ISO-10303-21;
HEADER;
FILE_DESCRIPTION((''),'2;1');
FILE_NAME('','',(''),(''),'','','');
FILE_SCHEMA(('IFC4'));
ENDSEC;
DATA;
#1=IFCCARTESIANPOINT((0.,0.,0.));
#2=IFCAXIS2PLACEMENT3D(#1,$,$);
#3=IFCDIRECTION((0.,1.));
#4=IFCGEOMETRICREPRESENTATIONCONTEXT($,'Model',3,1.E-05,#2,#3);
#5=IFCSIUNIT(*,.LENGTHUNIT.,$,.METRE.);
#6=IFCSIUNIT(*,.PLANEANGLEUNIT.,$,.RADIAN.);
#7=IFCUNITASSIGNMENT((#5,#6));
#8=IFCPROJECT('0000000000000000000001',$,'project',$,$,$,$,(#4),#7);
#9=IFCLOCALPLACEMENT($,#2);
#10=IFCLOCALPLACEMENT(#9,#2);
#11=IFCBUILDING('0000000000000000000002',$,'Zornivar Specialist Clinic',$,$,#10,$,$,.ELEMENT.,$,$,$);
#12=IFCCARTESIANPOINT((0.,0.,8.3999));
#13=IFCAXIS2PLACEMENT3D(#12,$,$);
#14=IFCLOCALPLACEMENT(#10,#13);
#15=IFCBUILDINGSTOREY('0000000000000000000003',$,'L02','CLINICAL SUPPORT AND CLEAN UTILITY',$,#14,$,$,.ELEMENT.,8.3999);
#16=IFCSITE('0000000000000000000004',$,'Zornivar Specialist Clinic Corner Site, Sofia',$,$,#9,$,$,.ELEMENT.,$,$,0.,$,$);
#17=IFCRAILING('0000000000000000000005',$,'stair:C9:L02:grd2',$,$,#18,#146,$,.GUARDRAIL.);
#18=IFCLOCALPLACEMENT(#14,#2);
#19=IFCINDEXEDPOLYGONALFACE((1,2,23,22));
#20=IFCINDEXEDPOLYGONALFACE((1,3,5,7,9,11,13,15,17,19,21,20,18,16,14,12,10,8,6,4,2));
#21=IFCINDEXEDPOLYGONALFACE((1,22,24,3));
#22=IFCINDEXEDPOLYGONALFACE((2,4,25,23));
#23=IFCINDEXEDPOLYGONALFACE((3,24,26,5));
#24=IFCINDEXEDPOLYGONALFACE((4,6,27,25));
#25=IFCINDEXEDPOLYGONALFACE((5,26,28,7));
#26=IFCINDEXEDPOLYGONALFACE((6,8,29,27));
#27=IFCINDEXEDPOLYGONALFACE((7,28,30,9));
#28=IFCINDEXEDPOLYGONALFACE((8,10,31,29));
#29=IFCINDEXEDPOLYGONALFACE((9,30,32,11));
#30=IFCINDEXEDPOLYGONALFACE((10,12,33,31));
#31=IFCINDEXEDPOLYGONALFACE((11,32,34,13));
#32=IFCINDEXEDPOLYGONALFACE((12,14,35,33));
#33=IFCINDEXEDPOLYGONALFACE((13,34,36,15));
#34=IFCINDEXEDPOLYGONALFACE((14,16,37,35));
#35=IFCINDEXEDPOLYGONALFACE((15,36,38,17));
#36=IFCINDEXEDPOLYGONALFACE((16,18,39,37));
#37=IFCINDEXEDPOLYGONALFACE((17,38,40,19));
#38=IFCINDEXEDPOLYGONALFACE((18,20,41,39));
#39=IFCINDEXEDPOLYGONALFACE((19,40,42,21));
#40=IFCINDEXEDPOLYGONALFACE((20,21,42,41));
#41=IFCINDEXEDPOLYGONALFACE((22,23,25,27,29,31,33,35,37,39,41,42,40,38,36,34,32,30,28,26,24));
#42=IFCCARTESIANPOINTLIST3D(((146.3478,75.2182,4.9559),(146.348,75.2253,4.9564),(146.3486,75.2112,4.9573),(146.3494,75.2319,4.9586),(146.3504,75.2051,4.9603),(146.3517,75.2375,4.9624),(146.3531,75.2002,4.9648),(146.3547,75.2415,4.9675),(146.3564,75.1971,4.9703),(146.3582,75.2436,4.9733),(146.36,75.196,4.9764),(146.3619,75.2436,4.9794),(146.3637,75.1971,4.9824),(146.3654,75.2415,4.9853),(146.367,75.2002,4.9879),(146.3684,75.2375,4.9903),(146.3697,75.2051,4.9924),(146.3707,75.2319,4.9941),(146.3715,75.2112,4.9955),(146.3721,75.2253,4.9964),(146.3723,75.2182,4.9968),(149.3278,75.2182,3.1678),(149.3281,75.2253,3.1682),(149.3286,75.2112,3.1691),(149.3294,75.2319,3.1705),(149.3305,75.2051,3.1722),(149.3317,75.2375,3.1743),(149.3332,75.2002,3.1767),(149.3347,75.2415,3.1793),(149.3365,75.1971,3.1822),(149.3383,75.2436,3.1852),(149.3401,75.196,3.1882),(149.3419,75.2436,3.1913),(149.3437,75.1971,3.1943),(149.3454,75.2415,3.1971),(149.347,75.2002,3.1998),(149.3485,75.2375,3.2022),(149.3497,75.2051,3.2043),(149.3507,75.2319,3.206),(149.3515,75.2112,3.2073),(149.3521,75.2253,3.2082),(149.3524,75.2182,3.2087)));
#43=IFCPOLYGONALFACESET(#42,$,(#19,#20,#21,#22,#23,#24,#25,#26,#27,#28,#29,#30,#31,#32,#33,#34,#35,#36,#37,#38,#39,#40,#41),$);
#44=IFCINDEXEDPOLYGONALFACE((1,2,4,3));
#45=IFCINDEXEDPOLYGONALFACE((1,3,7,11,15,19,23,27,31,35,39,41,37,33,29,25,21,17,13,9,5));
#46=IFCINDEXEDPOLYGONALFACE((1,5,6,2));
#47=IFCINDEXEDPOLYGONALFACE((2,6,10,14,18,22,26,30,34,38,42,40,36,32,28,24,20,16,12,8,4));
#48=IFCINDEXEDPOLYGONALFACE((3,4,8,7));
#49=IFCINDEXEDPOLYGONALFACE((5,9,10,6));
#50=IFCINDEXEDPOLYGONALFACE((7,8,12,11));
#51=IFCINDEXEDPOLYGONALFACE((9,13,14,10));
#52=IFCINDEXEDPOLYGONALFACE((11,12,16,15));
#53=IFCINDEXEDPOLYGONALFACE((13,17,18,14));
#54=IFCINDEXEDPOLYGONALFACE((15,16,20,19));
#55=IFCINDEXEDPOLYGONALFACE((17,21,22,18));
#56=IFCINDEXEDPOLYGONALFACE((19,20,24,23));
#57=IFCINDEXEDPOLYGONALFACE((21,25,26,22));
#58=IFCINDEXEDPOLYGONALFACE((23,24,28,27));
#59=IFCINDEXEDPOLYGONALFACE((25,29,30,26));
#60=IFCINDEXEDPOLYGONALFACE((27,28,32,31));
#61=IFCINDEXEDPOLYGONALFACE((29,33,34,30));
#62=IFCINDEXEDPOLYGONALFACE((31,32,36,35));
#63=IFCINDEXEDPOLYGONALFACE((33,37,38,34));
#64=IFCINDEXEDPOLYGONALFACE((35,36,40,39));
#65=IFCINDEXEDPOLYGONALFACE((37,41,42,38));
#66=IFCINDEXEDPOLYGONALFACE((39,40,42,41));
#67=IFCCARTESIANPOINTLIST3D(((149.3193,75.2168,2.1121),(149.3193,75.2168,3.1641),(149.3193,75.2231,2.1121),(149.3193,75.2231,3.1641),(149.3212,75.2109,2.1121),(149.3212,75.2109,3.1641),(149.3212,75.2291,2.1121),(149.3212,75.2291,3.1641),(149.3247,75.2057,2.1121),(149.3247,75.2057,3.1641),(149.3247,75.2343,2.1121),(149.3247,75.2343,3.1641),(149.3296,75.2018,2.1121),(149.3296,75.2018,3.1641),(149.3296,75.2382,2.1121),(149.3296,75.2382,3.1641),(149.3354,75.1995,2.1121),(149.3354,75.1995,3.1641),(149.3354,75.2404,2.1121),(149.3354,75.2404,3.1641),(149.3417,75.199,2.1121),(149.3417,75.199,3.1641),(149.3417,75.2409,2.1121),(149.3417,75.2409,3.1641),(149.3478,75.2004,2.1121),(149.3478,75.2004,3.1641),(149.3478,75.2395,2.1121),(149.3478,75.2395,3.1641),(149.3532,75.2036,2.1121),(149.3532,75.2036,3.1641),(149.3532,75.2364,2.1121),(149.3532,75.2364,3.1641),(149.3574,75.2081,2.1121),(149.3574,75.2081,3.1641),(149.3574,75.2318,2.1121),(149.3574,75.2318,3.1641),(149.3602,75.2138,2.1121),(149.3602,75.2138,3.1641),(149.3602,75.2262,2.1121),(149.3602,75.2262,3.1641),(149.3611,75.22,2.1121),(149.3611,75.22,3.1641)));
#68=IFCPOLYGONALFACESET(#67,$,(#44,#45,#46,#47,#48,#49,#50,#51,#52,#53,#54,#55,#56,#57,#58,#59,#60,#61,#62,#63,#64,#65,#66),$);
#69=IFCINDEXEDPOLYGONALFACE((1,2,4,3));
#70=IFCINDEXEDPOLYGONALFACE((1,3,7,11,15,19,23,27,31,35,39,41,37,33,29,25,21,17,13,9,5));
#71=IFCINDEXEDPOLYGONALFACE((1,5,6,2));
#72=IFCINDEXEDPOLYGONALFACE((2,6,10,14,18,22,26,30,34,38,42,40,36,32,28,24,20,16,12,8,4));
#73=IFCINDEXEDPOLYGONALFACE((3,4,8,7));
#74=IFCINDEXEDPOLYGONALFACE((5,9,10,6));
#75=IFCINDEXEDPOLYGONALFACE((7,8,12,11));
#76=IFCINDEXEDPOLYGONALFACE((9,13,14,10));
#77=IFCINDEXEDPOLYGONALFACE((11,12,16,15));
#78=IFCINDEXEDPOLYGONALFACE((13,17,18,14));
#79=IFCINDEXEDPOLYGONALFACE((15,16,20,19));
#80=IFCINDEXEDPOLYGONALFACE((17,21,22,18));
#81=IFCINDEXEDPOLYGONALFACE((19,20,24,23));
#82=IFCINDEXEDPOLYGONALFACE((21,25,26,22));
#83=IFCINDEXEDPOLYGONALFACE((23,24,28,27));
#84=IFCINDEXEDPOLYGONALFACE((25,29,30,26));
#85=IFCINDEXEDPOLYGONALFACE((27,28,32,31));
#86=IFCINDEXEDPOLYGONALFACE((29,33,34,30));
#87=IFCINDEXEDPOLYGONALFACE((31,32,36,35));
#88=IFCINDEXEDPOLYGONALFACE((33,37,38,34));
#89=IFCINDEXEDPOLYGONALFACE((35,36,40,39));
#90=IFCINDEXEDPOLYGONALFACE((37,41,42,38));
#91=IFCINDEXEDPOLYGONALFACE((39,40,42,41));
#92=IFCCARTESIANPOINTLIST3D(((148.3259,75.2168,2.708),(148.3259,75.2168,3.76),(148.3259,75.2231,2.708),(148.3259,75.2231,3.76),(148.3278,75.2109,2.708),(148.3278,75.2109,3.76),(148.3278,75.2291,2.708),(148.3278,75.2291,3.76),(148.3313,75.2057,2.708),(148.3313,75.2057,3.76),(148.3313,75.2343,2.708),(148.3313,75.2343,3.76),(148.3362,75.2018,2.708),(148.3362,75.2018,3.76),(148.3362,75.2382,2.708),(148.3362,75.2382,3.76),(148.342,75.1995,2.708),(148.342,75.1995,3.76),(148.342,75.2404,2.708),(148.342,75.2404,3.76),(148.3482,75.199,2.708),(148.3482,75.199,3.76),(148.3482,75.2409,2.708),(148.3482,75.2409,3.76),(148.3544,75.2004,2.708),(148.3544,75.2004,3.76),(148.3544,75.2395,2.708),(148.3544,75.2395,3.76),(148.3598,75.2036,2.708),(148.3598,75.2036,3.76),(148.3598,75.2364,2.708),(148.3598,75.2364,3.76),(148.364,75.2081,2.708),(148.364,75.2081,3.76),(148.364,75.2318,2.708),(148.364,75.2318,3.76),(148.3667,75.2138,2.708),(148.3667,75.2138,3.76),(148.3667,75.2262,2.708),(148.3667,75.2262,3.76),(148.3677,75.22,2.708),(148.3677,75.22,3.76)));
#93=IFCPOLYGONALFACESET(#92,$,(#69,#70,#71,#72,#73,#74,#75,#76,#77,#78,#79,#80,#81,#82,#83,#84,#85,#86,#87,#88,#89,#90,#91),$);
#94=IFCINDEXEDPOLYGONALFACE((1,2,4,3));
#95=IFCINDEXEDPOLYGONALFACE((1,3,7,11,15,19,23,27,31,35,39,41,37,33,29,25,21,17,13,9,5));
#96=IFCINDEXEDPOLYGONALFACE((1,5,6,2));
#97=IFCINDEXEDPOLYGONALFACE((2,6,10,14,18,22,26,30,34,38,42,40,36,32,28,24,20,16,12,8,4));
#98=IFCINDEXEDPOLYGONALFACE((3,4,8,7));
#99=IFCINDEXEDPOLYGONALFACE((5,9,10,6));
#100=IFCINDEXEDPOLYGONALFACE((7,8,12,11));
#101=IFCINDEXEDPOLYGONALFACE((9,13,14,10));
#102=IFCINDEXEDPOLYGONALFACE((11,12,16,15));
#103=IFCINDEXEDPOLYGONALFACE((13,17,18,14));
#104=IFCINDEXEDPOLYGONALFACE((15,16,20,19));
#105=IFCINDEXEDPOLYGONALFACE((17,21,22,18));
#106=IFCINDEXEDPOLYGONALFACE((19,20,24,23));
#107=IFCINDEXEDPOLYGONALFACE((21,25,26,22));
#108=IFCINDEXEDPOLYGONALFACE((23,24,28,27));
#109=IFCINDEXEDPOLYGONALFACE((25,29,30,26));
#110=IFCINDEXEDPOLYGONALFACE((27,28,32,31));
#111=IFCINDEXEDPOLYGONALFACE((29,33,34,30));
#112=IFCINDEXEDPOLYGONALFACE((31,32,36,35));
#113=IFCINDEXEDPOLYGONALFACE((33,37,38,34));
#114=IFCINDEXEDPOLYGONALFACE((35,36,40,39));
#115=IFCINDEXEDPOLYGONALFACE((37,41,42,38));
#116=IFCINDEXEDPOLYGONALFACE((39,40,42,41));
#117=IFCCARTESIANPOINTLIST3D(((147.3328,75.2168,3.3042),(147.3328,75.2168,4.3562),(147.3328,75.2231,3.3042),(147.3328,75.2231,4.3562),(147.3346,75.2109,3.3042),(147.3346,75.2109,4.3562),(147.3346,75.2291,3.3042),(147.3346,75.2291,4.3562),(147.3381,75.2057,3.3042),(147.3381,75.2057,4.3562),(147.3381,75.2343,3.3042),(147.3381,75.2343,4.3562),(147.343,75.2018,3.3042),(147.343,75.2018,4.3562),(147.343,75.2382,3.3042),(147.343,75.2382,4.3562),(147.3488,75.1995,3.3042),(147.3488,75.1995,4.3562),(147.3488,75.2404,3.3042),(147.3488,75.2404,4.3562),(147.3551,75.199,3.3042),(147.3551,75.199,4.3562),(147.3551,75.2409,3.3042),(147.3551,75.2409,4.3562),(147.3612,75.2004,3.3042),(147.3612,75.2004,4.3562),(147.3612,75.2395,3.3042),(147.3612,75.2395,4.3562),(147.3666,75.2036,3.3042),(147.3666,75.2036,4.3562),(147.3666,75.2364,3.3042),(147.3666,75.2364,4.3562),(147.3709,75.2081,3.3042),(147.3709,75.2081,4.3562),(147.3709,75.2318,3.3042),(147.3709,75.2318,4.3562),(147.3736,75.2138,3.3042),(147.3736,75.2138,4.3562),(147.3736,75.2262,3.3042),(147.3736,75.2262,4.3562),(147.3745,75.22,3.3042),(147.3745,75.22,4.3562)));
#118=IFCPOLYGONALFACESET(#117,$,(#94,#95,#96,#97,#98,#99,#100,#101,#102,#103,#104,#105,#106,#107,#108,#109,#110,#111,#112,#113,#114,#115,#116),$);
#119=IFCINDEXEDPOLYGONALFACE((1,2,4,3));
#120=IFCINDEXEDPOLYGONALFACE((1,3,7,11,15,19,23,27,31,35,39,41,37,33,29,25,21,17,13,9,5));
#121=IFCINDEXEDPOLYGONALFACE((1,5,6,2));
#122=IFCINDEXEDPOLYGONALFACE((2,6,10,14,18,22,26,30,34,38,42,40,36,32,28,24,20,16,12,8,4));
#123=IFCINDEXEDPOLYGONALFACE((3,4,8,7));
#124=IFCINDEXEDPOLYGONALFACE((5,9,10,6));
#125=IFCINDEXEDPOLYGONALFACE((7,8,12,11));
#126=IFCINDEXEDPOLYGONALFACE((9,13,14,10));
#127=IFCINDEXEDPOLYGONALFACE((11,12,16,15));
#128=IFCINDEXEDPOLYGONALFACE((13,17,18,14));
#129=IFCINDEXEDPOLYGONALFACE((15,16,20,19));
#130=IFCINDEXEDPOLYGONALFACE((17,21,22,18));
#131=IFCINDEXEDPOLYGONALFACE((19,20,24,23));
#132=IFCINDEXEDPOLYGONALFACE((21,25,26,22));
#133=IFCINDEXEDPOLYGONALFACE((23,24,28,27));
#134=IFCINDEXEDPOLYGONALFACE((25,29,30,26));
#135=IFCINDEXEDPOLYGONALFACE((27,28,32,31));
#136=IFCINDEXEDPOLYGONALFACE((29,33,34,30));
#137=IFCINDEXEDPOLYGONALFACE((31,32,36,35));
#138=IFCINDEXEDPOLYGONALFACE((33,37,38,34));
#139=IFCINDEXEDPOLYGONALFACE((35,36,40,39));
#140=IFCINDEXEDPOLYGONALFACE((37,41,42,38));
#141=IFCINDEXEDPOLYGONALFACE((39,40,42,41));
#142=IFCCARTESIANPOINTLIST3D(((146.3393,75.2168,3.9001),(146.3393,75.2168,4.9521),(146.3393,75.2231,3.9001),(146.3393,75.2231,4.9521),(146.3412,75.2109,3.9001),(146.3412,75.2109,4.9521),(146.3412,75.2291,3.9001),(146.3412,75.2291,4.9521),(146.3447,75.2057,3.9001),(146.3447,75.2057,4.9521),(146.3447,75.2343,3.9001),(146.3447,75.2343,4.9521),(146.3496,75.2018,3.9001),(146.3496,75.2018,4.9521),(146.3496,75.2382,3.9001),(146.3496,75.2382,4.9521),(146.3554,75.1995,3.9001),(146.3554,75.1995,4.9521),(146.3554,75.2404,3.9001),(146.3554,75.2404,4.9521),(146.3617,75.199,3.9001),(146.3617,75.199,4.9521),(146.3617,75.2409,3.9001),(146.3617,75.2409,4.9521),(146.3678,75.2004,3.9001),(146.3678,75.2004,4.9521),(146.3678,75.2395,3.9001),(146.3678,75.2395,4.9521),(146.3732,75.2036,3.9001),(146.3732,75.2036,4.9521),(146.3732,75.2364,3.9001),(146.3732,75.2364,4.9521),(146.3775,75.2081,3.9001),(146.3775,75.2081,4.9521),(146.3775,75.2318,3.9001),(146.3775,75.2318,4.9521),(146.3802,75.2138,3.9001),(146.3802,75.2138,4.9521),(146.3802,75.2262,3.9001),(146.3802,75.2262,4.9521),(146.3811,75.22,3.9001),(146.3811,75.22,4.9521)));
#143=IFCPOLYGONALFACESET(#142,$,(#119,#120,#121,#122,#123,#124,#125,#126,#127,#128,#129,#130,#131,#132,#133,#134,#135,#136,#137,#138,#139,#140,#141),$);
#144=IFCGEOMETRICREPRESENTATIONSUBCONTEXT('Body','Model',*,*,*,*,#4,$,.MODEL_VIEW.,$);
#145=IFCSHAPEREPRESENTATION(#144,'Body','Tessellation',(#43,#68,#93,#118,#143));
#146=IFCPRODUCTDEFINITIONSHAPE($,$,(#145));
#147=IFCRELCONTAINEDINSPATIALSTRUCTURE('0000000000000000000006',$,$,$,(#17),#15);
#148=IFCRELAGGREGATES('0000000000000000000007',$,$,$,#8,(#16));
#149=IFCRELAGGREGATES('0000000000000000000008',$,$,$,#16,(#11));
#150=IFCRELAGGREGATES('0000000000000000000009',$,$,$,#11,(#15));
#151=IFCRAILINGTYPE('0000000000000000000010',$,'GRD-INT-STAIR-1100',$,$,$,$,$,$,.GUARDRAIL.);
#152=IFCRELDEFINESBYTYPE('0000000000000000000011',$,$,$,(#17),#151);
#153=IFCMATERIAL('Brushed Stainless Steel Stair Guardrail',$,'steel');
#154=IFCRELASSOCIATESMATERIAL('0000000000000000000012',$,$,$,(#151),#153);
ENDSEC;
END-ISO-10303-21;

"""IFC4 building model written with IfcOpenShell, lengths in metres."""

from ifc_helpers import new_model, si_unit, direction, frame, origin, origin_2d, place, context, subcontext, project, spatial, circle, extrude, material, type_object, element, save


model = new_model("IFC4")

# Units and contexts
model_context = context("Model", 3, precision=1e-05, world=origin(), true_north=direction((0.0, 1.0)))
body_context = subcontext(model_context, "Body", "Model", "MODEL_VIEW")
ifc_project = project(units=[si_unit("LENGTHUNIT", "METRE"), si_unit("PLANEANGLEUNIT", "RADIAN")], contexts=[model_context])

# Site, building, storey
site_placement = place(None, origin())
site = spatial("IfcSite", under=ifc_project, at=site_placement, Name="Zornivar Specialist Clinic Corner Site, Sofia", CompositionType="ELEMENT", RefElevation=0.0)
building_placement = place(site_placement, origin())
building = spatial("IfcBuilding", under=site, at=building_placement, Name="Zornivar Specialist Clinic", CompositionType="ELEMENT")
storey_placement = place(building_placement, frame((0.0, 0.0, 8.3999)))
storey = spatial("IfcBuildingStorey", under=building, at=storey_placement, Name="L02", Description="CLINICAL SUPPORT AND CLEAN UTILITY", CompositionType="ELEMENT", Elevation=8.3999)

# Railing
ifc_material_1 = material(Name="Brushed Stainless Steel Stair Guardrail", Category="steel")
railing_type = type_object("IfcRailingType", Name="GRD-INT-STAIR-1100", PredefinedType="GUARDRAIL", material=ifc_material_1)
railing_1_placement = place(storey_placement, frame((149.3401, 75.22, 2.1121)))
element("IfcRailing", 1, at=railing_1_placement, inside=storey, type_object=railing_type, Name="stair:C9:L02:grd2", PredefinedType="GUARDRAIL", context=body_context, shape_type="SweptSolid", body=[
    extrude(circle(Radius=0.0239, at=origin_2d()), frame((0.0, 0.0, 1.0762), z_axis=(-0.857481, 0.0, 0.514516), x_axis=(0.0, -1.0, 0.0)), (0.0, 0.0, 1.0), 3.4753),
    extrude(circle(Radius=0.021, at=origin_2d()), origin(), (0.0, 0.0, 1.0), 1.052),
    extrude(circle(Radius=0.021, at=origin_2d()), frame((-0.9934, 0.0, 0.5959)), (0.0, 0.0, 1.0), 1.052),
    extrude(circle(Radius=0.021, at=origin_2d()), frame((-1.9866, 0.0, 1.1921)), (0.0, 0.0, 1.0), 1.052),
    extrude(circle(Radius=0.021, at=origin_2d()), frame((-2.98, 0.0, 1.7881)), (0.0, 0.0, 1.0), 1.052),
])

save(model, "model.ifc")
